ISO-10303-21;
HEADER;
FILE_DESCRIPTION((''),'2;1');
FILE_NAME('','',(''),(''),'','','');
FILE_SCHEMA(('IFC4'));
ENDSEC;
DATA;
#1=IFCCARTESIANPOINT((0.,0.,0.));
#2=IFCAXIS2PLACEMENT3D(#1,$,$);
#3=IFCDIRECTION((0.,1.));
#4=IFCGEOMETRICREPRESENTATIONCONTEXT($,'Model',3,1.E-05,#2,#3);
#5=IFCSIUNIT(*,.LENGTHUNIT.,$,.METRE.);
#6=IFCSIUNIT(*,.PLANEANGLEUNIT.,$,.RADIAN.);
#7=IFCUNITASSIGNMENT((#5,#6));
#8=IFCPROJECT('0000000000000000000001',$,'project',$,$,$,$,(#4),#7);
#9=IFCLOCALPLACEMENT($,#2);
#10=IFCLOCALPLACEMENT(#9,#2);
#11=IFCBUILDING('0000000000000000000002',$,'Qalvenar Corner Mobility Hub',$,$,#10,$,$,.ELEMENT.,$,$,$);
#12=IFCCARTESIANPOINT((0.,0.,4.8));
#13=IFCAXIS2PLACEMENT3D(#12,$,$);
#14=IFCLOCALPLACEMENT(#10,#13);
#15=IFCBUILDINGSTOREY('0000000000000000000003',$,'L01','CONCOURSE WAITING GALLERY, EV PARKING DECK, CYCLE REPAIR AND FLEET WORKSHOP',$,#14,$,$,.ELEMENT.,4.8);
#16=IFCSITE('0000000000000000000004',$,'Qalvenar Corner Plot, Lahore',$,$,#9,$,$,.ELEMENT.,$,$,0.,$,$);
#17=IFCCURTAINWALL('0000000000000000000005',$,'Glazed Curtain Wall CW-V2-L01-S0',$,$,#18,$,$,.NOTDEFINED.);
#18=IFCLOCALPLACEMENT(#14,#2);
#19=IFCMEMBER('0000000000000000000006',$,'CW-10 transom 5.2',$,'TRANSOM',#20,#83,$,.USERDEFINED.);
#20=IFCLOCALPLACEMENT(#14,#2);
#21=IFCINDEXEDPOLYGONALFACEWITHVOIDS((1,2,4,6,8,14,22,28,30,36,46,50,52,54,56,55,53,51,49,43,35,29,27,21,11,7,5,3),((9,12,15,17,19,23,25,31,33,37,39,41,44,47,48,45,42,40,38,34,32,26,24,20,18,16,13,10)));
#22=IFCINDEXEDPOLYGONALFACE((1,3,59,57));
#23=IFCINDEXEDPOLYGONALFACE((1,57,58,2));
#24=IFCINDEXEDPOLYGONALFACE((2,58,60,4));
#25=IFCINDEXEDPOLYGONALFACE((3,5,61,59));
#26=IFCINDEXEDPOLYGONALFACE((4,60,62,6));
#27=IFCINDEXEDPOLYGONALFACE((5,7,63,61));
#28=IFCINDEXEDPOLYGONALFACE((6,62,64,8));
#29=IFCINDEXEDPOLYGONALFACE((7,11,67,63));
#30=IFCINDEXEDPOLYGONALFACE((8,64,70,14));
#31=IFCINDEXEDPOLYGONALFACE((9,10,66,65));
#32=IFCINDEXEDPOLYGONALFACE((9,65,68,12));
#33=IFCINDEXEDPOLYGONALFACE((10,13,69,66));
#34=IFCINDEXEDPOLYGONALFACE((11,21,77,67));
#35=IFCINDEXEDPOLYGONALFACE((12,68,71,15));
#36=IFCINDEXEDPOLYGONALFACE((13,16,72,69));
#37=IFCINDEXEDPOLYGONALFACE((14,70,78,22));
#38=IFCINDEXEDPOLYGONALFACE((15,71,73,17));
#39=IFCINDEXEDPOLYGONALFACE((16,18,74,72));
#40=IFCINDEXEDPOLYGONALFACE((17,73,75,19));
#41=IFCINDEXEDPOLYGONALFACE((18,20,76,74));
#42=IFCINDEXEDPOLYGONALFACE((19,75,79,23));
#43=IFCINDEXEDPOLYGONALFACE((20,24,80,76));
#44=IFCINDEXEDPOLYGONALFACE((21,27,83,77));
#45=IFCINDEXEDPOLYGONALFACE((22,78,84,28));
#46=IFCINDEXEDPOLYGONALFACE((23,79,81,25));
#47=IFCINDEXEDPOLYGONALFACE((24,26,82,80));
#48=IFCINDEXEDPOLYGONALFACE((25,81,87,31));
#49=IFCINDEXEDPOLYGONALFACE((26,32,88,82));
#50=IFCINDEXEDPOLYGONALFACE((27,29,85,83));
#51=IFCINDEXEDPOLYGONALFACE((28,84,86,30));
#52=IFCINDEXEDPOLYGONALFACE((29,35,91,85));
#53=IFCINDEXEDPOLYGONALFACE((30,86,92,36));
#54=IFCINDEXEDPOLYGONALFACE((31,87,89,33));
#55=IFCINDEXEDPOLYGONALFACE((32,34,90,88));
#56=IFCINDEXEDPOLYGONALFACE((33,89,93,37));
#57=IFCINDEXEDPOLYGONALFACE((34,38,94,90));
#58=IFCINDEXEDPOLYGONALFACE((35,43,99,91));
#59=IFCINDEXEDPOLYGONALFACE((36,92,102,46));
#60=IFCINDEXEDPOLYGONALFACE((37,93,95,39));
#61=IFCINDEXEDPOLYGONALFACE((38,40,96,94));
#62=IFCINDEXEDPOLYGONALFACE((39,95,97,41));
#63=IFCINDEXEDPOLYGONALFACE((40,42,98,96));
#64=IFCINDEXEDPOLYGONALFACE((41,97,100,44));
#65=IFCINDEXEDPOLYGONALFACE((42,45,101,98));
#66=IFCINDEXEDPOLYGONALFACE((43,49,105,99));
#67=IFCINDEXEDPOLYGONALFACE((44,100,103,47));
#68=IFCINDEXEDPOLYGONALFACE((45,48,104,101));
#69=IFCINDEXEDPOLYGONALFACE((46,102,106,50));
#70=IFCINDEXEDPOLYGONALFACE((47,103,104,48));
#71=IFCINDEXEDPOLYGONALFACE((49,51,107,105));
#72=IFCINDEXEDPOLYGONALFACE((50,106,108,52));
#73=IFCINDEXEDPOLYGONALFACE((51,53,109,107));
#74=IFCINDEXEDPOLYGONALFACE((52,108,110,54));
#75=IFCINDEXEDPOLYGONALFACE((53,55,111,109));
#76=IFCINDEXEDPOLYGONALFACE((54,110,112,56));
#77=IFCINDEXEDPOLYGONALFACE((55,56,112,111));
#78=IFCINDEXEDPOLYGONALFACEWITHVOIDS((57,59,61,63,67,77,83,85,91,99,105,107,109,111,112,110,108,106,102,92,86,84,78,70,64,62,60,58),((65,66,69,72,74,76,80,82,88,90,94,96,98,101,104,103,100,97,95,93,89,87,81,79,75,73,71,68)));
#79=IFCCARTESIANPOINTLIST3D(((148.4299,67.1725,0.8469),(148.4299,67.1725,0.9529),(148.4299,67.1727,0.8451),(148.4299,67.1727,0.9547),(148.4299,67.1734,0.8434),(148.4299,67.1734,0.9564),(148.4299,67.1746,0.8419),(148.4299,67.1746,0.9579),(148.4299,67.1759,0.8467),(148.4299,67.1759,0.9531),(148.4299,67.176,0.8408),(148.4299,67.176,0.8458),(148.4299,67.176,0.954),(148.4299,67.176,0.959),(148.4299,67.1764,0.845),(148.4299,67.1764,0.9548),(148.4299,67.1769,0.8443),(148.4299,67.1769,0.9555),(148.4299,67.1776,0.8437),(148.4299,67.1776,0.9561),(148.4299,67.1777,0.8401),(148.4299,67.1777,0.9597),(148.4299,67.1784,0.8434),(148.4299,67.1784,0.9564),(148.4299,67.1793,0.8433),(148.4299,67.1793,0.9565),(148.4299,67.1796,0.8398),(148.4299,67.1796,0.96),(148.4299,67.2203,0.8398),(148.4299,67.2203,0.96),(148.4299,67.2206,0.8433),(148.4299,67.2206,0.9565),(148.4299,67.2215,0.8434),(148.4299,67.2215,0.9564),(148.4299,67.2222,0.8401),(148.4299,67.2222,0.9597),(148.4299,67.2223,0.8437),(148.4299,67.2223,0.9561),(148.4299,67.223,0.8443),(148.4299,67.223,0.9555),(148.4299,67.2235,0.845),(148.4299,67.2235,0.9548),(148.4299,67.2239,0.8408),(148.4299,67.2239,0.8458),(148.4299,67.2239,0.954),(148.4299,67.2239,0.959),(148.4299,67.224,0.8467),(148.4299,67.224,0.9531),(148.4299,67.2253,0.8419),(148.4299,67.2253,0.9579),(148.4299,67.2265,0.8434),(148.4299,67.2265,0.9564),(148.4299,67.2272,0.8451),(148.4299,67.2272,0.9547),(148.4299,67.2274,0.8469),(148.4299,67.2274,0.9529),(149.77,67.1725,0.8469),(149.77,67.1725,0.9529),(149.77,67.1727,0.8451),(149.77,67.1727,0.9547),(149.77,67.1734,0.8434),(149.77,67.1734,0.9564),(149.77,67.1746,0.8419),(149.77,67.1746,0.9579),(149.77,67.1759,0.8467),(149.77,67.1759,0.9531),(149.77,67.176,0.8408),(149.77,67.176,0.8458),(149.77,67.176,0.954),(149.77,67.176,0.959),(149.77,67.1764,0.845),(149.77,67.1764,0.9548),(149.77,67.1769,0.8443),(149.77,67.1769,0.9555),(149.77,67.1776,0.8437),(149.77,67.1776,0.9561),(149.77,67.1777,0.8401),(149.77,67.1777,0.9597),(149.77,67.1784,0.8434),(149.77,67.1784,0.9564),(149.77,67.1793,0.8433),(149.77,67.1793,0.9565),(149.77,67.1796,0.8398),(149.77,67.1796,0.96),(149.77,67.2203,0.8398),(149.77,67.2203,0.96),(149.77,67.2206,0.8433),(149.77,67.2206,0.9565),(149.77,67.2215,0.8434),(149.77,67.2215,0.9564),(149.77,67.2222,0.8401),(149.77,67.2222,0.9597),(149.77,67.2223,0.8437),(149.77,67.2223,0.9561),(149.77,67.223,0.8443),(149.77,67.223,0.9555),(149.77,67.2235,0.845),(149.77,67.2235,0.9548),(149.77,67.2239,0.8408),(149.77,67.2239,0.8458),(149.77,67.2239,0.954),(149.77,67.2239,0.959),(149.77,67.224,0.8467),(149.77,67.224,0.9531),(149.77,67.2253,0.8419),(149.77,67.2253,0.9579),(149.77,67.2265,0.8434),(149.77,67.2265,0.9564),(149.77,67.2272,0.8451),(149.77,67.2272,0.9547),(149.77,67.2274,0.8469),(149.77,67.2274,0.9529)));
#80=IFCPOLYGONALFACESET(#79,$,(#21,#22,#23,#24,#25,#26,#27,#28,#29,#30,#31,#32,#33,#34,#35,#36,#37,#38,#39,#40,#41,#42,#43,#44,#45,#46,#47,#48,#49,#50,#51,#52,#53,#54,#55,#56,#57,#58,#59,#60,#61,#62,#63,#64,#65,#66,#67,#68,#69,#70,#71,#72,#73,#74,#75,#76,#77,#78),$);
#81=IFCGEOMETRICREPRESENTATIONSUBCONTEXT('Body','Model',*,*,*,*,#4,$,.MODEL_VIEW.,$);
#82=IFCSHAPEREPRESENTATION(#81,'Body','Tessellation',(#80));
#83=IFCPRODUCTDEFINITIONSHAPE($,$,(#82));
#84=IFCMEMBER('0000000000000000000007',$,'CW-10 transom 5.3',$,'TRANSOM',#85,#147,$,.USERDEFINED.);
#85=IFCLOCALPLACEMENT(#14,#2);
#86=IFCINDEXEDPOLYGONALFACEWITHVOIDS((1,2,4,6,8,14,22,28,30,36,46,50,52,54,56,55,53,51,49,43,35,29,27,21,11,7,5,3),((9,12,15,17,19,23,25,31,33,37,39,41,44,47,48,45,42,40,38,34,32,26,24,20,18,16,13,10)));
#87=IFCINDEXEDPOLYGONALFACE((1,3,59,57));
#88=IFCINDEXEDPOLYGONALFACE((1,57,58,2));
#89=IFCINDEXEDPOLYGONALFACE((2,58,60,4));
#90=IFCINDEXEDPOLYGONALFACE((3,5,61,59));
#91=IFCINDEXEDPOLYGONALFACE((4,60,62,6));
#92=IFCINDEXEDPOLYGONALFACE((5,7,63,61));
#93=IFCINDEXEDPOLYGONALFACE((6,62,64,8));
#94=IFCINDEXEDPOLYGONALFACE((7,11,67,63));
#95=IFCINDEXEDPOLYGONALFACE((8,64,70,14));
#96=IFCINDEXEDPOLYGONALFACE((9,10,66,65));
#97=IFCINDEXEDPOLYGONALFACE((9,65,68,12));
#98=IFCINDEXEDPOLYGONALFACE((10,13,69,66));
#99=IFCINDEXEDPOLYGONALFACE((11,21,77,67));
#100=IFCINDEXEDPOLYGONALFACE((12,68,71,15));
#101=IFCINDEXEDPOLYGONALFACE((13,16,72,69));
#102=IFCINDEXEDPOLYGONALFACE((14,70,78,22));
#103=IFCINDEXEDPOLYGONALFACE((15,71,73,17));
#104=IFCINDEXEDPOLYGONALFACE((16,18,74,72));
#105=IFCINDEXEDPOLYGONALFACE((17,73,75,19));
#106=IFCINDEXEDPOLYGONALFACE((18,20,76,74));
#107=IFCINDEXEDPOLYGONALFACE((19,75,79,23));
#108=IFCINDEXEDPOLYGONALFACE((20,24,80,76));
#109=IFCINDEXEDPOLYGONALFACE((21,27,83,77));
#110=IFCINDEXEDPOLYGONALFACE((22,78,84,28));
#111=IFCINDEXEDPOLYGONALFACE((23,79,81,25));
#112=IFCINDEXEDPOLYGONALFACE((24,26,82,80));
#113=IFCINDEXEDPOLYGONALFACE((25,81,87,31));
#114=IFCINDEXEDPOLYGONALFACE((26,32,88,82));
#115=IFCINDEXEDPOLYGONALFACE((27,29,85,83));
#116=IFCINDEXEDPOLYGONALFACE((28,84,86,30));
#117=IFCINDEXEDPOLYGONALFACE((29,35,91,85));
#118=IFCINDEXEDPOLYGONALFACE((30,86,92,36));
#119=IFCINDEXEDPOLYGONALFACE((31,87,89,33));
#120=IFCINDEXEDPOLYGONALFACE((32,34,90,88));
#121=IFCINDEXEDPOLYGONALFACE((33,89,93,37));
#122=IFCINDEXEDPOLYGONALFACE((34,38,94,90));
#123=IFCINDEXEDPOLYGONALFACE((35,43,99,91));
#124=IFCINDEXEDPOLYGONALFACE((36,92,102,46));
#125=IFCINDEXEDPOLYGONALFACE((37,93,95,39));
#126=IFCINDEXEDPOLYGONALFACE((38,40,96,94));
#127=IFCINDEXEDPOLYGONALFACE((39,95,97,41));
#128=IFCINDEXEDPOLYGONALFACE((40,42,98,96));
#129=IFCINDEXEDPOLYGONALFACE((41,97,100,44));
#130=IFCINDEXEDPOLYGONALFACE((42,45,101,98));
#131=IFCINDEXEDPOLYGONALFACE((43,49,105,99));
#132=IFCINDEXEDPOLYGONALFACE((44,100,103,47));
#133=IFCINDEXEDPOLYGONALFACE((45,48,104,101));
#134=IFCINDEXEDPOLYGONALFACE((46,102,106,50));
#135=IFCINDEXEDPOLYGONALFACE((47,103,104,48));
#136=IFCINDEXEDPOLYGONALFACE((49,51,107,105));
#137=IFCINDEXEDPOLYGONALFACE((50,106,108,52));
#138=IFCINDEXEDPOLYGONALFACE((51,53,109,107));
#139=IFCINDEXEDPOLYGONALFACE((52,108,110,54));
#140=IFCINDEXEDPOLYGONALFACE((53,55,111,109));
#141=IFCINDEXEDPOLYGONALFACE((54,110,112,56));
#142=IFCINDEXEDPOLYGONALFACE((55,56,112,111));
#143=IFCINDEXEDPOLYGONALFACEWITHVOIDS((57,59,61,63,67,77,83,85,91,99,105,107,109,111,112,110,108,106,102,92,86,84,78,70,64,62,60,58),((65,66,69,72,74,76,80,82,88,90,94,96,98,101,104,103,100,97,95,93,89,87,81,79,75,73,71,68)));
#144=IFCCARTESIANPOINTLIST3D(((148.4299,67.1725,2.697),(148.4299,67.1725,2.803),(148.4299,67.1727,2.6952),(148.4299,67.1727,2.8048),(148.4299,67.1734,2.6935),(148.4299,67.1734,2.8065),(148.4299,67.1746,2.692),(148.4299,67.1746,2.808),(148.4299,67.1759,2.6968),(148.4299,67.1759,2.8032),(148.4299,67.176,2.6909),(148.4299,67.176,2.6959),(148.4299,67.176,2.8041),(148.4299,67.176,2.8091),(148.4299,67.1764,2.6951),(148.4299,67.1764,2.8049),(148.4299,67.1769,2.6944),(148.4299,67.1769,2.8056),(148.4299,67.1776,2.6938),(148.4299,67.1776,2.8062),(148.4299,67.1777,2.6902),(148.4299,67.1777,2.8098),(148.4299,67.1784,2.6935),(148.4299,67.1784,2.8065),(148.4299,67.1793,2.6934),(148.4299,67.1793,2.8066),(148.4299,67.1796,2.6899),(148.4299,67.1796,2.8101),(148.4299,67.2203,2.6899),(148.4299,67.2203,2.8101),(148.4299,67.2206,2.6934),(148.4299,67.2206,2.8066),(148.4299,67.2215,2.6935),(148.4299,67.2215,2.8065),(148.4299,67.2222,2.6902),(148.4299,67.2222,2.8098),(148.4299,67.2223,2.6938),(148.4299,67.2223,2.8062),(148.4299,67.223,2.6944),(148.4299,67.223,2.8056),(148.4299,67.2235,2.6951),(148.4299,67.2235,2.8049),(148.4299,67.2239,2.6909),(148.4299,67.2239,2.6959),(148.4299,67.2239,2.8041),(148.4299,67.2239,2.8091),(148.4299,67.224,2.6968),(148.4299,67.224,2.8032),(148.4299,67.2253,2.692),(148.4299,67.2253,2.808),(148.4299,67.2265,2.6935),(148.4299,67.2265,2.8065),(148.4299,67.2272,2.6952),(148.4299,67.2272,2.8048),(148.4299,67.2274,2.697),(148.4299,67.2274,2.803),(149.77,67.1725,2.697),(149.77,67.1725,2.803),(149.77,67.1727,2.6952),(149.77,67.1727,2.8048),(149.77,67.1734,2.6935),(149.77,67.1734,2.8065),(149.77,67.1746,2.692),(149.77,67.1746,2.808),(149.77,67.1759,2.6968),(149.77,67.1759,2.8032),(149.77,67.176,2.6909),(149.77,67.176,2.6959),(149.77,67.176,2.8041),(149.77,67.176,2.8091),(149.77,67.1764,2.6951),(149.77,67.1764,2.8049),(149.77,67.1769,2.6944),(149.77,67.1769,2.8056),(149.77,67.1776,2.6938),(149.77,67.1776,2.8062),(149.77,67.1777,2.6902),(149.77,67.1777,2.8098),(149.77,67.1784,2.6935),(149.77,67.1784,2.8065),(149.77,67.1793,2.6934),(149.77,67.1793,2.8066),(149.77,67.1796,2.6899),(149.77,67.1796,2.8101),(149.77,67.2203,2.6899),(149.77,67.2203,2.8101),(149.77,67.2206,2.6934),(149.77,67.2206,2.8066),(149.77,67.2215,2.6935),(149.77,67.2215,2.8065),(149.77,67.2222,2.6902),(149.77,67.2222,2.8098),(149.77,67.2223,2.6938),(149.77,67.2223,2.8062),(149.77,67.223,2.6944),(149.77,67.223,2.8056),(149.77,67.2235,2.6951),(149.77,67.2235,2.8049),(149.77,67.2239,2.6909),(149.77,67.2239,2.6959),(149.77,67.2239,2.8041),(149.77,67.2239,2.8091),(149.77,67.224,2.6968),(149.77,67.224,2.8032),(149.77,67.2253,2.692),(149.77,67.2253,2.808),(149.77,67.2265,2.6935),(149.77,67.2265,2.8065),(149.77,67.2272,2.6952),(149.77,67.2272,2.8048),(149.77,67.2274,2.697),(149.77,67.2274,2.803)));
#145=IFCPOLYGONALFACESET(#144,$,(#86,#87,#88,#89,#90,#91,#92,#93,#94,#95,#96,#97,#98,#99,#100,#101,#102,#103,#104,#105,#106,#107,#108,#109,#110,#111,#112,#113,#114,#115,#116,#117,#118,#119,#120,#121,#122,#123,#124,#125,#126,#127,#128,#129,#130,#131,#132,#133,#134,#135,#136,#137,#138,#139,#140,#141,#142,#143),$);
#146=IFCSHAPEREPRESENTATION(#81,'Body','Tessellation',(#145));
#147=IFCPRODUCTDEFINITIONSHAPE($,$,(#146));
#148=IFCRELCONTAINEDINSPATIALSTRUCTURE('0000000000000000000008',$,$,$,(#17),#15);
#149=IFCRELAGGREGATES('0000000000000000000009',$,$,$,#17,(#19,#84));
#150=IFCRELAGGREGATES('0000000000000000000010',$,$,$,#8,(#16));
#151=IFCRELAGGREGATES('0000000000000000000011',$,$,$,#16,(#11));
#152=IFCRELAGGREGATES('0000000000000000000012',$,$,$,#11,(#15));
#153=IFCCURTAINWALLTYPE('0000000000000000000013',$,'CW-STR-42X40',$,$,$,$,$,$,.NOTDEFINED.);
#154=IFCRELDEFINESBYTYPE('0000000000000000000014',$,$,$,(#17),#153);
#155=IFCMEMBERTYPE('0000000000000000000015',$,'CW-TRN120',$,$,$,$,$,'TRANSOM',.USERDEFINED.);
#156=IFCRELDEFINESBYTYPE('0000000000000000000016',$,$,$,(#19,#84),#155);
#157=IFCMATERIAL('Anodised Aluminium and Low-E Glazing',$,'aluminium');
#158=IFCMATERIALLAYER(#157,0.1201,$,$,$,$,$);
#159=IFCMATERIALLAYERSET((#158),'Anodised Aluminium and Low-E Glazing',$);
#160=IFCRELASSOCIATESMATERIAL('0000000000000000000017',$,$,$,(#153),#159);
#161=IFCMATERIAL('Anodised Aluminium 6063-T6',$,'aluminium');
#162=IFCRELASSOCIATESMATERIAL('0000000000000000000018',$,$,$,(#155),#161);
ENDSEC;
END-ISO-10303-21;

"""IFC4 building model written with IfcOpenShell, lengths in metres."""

from ifc_helpers import new_model, si_unit, direction, frame, origin, origin_2d, place, context, subcontext, project, spatial, hollow_rectangle, extrude, material, layer, layer_set, material_profile, profile_set, type_object, element, aggregate, save


model = new_model("IFC4")

# Units and contexts
model_context = context("Model", 3, precision=1e-05, world=origin(), true_north=direction((0.0, 1.0)))
body_context = subcontext(model_context, "Body", "Model", "MODEL_VIEW")
ifc_project = project(units=[si_unit("LENGTHUNIT", "METRE"), si_unit("PLANEANGLEUNIT", "RADIAN")], contexts=[model_context])

# Site, building, storey
site_placement = place(None, origin())
site = spatial("IfcSite", under=ifc_project, at=site_placement, Name="Qalvenar Corner Plot, Lahore", CompositionType="ELEMENT", RefElevation=0.0)
building_placement = place(site_placement, origin())
building = spatial("IfcBuilding", under=site, at=building_placement, Name="Qalvenar Corner Mobility Hub", CompositionType="ELEMENT")
storey_placement = place(building_placement, frame((0.0, 0.0, 4.8)))
storey = spatial("IfcBuildingStorey", under=building, at=storey_placement, Name="L01", Description="CONCOURSE WAITING GALLERY, EV PARKING DECK, CYCLE REPAIR AND FLEET WORKSHOP", CompositionType="ELEMENT", Elevation=4.8)

# Curtain wall
ifc_material_1 = material(Name="Anodised Aluminium and Low-E Glazing", Category="aluminium")
ifc_layer_1 = layer(ifc_material_1, 0.1201)
ifc_layer_set_1 = layer_set([ifc_layer_1], Name="Anodised Aluminium and Low-E Glazing")
curtain_wall_type = type_object("IfcCurtainWallType", Name="CW-STR-42X40", PredefinedType="NOTDEFINED", material=ifc_layer_set_1)
curtain_wall_1_placement = place(storey_placement, origin())
curtain_wall_1 = element("IfcCurtainWall", 1, at=curtain_wall_1_placement, inside=storey, type_object=curtain_wall_type, Name="Glazed Curtain Wall CW-V2-L01-S0", PredefinedType="NOTDEFINED")
ifc_material_2 = material(Name="Anodised Aluminium 6063-T6", Category="aluminium")

# Members
ifc_material_profile_1 = material_profile(ifc_material_2, hollow_rectangle(XDim=0.0549, YDim=0.1201, WallThickness=0.0034, InnerFilletRadius=0.0034, OuterFilletRadius=0.0071, at=origin_2d()), Name="RHS120x55x3.5")
ifc_profile_set_1 = profile_set([ifc_material_profile_1], Name="Anodised Aluminium 6063-T6")
member_type_1 = type_object("IfcMemberType", Name="CW-TRN120", ElementType="TRANSOM", PredefinedType="USERDEFINED", material=ifc_profile_set_1)
member_1_placement = place(storey_placement, frame((148.4299, 67.2, 0.8999), z_axis=(1.0, 0.0, 0.0), x_axis=(0.0, 1.0, 0.0)))
member_1 = element("IfcMember", 2, at=member_1_placement, type_object=member_type_1, Name="CW-10 transom 5.2", ObjectType="TRANSOM", PredefinedType="USERDEFINED", context=body_context, shape_type="SweptSolid", body=[
    extrude(hollow_rectangle(XDim=0.0549, YDim=0.1201, WallThickness=0.0034, InnerFilletRadius=0.0034, OuterFilletRadius=0.0071, at=origin_2d()), origin(), (0.0, 0.0, 1.0), 1.3401),
])
member_2_placement = place(storey_placement, frame((148.4299, 67.2, 2.75), z_axis=(1.0, 0.0, 0.0), x_axis=(0.0, 1.0, 0.0)))
member_2 = element("IfcMember", 3, at=member_2_placement, type_object=member_type_1, Name="CW-10 transom 5.3", ObjectType="TRANSOM", PredefinedType="USERDEFINED", context=body_context, shape_type="SweptSolid", body=[
    extrude(hollow_rectangle(XDim=0.0549, YDim=0.1201, WallThickness=0.0034, InnerFilletRadius=0.0034, OuterFilletRadius=0.0071, at=origin_2d()), origin(), (0.0, 0.0, 1.0), 1.3401),
])

aggregate(curtain_wall_1, [member_1, member_2])

save(model, "model.ifc")
